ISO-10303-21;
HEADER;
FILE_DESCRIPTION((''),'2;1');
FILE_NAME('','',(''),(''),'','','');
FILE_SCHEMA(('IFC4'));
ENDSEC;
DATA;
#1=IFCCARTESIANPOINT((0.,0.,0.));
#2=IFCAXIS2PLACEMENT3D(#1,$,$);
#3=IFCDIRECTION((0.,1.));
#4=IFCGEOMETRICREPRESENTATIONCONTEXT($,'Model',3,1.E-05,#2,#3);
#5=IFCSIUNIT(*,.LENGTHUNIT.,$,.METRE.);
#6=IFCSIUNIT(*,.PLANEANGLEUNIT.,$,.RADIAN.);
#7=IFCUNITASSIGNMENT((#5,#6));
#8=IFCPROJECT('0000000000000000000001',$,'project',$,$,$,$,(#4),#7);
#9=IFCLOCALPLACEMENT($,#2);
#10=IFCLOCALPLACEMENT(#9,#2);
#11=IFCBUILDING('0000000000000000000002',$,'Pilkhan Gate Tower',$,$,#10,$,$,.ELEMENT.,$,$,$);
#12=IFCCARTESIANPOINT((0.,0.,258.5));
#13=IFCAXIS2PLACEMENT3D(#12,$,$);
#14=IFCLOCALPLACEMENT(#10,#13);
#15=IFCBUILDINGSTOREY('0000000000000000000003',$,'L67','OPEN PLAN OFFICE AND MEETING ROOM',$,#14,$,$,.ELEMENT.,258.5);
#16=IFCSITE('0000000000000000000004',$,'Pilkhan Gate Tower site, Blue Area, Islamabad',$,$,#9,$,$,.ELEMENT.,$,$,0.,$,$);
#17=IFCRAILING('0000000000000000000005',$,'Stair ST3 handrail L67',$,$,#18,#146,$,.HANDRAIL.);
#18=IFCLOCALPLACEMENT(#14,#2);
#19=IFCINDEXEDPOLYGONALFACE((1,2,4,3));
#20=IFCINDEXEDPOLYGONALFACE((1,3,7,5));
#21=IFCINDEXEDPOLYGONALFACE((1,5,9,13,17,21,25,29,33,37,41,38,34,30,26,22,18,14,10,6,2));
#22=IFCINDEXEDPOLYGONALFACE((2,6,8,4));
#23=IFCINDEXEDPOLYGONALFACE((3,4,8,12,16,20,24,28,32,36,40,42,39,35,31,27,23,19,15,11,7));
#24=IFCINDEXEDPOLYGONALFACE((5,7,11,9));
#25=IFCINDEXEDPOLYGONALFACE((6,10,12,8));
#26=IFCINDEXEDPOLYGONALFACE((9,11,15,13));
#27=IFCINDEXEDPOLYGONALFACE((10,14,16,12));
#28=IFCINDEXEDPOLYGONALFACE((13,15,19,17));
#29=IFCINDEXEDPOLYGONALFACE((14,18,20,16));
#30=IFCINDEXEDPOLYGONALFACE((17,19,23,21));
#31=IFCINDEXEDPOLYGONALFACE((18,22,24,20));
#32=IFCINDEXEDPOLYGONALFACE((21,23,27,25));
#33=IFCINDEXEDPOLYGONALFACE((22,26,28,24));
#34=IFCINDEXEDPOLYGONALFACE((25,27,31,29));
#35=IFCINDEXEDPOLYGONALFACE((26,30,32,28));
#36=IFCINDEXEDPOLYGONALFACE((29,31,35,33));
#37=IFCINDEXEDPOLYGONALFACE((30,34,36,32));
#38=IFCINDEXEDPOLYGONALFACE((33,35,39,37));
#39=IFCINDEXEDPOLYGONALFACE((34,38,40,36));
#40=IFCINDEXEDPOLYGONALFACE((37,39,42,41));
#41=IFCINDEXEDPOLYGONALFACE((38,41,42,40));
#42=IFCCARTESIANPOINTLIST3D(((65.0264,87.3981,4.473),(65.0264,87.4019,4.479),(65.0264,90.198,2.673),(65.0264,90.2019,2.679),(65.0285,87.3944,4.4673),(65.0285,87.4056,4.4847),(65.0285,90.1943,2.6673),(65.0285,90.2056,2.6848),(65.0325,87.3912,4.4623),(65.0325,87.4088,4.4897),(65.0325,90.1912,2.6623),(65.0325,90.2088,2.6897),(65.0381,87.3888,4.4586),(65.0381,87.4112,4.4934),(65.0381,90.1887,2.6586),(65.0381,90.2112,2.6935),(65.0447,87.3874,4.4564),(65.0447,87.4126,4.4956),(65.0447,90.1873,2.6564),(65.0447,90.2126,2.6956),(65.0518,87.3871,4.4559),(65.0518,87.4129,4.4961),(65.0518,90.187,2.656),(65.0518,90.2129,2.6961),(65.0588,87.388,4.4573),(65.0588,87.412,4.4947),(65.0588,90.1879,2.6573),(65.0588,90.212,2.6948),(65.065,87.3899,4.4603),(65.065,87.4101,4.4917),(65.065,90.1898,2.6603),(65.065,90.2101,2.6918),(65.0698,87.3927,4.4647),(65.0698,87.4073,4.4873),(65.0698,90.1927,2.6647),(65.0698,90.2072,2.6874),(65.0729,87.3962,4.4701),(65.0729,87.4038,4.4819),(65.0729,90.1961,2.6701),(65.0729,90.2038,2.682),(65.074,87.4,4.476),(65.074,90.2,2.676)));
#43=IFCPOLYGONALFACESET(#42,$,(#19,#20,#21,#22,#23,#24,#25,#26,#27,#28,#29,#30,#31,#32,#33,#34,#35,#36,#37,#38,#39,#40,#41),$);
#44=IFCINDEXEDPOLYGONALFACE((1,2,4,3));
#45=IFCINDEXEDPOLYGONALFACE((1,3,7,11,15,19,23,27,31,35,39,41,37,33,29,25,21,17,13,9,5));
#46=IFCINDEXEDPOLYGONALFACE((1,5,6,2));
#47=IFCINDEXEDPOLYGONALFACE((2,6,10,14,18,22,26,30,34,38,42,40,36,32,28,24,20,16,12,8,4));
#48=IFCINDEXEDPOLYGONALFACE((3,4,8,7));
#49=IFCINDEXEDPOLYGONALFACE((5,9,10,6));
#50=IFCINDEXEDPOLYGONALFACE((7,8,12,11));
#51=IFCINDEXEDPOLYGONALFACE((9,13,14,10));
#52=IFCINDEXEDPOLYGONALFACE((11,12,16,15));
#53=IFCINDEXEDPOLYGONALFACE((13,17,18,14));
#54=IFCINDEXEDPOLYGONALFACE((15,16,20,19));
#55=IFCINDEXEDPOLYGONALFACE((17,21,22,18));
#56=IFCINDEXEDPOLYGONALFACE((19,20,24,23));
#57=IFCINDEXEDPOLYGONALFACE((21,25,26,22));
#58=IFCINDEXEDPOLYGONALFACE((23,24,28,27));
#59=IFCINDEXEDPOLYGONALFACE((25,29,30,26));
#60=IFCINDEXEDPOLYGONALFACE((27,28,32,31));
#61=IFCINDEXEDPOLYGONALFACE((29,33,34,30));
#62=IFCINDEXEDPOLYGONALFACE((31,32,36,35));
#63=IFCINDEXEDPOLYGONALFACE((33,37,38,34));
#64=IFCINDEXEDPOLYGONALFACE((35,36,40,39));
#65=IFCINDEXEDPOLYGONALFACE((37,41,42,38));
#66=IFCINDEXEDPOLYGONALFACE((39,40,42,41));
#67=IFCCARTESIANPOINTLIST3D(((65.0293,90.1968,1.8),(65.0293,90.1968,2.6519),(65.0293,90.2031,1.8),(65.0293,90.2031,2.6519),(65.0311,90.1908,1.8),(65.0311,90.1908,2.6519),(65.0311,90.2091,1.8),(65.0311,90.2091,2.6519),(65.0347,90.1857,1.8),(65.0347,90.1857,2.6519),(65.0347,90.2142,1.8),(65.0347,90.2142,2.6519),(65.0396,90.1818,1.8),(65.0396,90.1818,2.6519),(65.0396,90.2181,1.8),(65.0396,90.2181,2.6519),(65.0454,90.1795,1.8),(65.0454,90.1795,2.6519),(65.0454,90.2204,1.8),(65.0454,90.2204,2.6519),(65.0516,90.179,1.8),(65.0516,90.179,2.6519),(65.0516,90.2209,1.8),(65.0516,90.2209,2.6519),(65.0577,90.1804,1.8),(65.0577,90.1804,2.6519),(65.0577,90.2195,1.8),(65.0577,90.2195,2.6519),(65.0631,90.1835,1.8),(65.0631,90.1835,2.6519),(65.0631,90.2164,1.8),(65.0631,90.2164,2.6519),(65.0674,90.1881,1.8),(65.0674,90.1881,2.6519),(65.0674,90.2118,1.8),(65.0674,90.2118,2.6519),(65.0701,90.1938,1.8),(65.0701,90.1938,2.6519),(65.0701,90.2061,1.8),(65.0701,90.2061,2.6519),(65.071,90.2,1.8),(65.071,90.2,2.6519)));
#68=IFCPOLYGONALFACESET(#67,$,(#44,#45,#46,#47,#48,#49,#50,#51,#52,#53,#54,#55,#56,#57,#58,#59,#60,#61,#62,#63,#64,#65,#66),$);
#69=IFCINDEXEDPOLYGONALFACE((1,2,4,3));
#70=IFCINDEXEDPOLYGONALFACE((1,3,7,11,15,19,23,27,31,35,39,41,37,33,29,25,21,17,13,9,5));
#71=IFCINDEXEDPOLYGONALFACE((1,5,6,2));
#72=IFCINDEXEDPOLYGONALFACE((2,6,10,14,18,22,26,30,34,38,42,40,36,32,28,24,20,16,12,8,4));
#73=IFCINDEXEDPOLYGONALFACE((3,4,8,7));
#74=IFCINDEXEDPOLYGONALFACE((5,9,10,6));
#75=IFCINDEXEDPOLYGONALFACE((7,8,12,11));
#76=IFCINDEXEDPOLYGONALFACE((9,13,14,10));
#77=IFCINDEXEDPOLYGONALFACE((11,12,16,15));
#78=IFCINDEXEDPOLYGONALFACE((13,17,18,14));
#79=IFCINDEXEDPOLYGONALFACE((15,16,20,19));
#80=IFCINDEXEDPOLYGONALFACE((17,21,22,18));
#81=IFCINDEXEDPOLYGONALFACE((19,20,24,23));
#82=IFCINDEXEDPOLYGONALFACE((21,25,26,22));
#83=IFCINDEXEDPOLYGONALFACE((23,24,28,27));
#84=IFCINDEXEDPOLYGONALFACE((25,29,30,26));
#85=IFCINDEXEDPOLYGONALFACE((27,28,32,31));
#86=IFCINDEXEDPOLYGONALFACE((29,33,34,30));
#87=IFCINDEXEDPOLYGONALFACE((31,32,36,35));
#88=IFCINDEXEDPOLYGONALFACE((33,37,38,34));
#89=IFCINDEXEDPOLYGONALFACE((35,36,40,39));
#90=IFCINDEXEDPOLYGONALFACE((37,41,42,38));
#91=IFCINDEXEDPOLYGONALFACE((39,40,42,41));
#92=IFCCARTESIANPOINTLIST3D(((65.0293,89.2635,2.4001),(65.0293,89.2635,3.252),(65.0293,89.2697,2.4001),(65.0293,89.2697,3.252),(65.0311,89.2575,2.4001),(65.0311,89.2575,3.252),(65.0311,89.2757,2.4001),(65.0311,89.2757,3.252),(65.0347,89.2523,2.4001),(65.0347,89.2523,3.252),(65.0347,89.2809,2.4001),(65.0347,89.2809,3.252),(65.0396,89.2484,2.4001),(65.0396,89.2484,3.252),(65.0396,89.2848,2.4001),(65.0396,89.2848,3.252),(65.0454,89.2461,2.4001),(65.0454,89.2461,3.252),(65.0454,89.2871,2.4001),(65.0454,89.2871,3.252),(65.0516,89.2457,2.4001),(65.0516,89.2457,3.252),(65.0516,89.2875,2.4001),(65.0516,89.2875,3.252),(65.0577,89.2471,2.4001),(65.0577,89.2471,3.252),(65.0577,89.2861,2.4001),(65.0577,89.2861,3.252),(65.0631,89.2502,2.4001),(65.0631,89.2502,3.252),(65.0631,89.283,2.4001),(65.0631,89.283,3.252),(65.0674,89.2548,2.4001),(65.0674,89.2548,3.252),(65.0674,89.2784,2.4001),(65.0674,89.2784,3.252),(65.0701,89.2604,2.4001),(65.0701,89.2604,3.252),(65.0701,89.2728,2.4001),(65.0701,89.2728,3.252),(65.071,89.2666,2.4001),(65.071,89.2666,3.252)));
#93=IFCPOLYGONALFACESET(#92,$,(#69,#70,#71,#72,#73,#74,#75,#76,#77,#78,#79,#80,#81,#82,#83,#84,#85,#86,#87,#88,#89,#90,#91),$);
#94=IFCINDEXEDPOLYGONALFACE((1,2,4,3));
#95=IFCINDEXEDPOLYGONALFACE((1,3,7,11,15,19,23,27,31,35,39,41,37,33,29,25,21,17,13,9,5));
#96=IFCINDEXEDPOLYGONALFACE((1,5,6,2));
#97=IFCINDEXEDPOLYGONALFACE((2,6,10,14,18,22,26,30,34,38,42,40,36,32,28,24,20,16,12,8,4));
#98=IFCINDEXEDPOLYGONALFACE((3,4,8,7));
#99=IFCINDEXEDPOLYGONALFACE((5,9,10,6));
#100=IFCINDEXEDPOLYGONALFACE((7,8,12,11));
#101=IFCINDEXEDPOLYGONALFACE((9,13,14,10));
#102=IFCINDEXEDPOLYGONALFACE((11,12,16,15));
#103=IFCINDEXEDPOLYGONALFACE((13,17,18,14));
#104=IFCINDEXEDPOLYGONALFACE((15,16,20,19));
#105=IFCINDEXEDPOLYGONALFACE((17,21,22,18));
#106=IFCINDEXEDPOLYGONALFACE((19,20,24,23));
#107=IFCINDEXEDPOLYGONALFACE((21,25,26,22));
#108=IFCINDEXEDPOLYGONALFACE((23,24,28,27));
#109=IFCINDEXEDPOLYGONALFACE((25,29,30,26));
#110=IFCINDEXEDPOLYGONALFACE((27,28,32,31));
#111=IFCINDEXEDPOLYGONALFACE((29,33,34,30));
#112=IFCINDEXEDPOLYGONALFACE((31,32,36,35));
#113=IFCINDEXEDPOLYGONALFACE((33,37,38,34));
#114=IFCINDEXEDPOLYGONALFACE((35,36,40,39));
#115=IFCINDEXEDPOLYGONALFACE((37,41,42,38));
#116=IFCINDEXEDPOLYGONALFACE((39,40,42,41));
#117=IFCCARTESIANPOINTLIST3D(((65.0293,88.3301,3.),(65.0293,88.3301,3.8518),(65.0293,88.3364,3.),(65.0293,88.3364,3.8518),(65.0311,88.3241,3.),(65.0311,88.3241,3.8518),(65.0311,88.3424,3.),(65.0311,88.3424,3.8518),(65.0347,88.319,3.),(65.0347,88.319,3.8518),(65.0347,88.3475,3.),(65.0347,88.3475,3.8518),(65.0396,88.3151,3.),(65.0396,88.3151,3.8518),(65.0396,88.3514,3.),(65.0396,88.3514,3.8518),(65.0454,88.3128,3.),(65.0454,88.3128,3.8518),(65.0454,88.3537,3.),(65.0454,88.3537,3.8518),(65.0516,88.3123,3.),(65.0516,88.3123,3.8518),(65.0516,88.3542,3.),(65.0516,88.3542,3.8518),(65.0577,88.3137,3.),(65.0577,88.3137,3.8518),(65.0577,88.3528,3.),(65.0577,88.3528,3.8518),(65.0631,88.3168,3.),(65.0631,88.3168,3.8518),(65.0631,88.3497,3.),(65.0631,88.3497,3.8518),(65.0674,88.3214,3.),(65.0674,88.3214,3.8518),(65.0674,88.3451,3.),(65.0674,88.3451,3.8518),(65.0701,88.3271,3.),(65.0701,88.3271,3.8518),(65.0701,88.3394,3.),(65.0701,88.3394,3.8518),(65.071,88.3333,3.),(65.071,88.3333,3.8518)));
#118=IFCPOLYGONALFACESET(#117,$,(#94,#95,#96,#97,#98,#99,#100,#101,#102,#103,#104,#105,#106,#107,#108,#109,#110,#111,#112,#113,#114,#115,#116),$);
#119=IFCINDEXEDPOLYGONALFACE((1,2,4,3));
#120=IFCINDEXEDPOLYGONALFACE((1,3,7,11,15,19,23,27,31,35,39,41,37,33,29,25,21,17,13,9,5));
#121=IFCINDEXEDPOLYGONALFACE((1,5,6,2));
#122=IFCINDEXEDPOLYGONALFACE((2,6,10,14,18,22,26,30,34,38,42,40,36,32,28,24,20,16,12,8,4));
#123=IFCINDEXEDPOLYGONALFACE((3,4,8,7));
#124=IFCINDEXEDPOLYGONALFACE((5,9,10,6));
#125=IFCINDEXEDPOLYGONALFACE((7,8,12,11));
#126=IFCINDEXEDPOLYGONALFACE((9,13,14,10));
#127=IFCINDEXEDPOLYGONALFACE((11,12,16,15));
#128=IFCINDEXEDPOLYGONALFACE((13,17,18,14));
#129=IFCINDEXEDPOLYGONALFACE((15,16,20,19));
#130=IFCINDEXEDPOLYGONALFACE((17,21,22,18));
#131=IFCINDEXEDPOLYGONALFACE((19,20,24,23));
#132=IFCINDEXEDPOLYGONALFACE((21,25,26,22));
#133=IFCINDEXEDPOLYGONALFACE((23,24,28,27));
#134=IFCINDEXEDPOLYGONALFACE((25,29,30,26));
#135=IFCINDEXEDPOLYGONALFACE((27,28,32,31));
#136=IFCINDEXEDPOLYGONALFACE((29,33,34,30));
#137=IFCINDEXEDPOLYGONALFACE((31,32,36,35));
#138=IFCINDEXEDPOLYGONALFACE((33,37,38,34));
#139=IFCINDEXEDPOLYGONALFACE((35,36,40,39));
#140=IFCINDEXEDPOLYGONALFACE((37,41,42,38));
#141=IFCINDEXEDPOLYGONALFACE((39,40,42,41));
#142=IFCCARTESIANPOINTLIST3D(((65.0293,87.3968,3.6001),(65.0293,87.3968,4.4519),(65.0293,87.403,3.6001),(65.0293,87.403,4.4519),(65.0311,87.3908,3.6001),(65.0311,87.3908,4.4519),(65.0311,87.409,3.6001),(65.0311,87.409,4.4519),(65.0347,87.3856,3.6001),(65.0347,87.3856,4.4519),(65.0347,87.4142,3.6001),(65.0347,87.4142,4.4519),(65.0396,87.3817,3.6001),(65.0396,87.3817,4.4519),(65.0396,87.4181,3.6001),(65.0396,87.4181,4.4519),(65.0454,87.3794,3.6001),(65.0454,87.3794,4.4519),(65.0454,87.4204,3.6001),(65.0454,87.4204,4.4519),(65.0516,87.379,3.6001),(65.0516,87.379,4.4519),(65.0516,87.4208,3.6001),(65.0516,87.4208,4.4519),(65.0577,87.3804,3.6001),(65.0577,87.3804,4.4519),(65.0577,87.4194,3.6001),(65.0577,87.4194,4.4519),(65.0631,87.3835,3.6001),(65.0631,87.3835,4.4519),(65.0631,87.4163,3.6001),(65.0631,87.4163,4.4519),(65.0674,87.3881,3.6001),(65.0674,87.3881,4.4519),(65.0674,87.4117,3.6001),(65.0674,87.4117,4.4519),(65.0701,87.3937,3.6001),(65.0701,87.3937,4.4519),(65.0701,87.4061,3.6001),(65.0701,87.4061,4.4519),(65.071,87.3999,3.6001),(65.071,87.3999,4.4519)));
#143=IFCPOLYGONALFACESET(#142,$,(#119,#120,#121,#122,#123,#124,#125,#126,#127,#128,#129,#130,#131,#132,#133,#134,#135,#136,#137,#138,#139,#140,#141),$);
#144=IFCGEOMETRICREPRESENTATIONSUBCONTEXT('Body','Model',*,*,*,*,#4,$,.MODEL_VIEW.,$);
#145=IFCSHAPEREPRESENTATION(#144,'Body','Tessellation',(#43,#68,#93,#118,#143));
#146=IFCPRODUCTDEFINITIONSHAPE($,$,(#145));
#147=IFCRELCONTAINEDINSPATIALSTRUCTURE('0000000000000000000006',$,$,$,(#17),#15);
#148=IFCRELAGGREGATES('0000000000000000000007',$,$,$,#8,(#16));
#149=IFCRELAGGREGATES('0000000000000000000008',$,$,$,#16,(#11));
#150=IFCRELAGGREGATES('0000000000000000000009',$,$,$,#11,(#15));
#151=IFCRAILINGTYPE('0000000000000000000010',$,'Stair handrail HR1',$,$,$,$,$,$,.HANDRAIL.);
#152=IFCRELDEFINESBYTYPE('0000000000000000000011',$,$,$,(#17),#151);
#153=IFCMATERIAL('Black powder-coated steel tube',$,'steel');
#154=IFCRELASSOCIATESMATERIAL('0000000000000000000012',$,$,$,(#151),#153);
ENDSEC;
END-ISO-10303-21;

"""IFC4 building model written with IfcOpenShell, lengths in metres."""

from ifc_helpers import new_model, si_unit, direction, frame, origin, origin_2d, place, context, subcontext, project, spatial, circle, extrude, material, type_object, element, save


model = new_model("IFC4")

# Units and contexts
model_context = context("Model", 3, precision=1e-05, world=origin(), true_north=direction((0.0, 1.0)))
body_context = subcontext(model_context, "Body", "Model", "MODEL_VIEW")
ifc_project = project(units=[si_unit("LENGTHUNIT", "METRE"), si_unit("PLANEANGLEUNIT", "RADIAN")], contexts=[model_context])

# Site, building, storey
site_placement = place(None, origin())
site = spatial("IfcSite", under=ifc_project, at=site_placement, Name="Pilkhan Gate Tower site, Blue Area, Islamabad", CompositionType="ELEMENT", RefElevation=0.0)
building_placement = place(site_placement, origin())
building = spatial("IfcBuilding", under=site, at=building_placement, Name="Pilkhan Gate Tower", CompositionType="ELEMENT")
storey_placement = place(building_placement, frame((0.0, 0.0, 258.5)))
storey = spatial("IfcBuildingStorey", under=building, at=storey_placement, Name="L67", Description="OPEN PLAN OFFICE AND MEETING ROOM", CompositionType="ELEMENT", Elevation=258.5)

# Railing
ifc_material_1 = material(Name="Black powder-coated steel tube", Category="steel")
railing_type_1 = type_object("IfcRailingType", Name="Stair handrail HR1", PredefinedType="HANDRAIL", material=ifc_material_1)
railing_1_placement = place(storey_placement, frame((65.05, 90.2, 1.8)))
element("IfcRailing", 1, at=railing_1_placement, inside=storey, type_object=railing_type_1, Name="Stair ST3 handrail L67", PredefinedType="HANDRAIL", context=body_context, shape_type="SweptSolid", body=[
    extrude(circle(Radius=0.0239, at=origin_2d()), frame((0.0, 0.0, 0.876), z_axis=(0.0, -0.841176, 0.540761), x_axis=(1.0, 0.0, 0.0)), (0.0, 0.0, 1.0), 3.3286),
    extrude(circle(Radius=0.021, at=origin_2d()), origin(), (0.0, 0.0, 1.0), 0.8518),
    extrude(circle(Radius=0.021, at=origin_2d()), frame((0.0, -0.9333, 0.6001)), (0.0, 0.0, 1.0), 0.8518),
    extrude(circle(Radius=0.021, at=origin_2d()), frame((0.0, -1.8667, 1.2)), (0.0, 0.0, 1.0), 0.8518),
    extrude(circle(Radius=0.021, at=origin_2d()), frame((0.0, -2.8, 1.8)), (0.0, 0.0, 1.0), 0.8518),
])

save(model, "model.ifc")
